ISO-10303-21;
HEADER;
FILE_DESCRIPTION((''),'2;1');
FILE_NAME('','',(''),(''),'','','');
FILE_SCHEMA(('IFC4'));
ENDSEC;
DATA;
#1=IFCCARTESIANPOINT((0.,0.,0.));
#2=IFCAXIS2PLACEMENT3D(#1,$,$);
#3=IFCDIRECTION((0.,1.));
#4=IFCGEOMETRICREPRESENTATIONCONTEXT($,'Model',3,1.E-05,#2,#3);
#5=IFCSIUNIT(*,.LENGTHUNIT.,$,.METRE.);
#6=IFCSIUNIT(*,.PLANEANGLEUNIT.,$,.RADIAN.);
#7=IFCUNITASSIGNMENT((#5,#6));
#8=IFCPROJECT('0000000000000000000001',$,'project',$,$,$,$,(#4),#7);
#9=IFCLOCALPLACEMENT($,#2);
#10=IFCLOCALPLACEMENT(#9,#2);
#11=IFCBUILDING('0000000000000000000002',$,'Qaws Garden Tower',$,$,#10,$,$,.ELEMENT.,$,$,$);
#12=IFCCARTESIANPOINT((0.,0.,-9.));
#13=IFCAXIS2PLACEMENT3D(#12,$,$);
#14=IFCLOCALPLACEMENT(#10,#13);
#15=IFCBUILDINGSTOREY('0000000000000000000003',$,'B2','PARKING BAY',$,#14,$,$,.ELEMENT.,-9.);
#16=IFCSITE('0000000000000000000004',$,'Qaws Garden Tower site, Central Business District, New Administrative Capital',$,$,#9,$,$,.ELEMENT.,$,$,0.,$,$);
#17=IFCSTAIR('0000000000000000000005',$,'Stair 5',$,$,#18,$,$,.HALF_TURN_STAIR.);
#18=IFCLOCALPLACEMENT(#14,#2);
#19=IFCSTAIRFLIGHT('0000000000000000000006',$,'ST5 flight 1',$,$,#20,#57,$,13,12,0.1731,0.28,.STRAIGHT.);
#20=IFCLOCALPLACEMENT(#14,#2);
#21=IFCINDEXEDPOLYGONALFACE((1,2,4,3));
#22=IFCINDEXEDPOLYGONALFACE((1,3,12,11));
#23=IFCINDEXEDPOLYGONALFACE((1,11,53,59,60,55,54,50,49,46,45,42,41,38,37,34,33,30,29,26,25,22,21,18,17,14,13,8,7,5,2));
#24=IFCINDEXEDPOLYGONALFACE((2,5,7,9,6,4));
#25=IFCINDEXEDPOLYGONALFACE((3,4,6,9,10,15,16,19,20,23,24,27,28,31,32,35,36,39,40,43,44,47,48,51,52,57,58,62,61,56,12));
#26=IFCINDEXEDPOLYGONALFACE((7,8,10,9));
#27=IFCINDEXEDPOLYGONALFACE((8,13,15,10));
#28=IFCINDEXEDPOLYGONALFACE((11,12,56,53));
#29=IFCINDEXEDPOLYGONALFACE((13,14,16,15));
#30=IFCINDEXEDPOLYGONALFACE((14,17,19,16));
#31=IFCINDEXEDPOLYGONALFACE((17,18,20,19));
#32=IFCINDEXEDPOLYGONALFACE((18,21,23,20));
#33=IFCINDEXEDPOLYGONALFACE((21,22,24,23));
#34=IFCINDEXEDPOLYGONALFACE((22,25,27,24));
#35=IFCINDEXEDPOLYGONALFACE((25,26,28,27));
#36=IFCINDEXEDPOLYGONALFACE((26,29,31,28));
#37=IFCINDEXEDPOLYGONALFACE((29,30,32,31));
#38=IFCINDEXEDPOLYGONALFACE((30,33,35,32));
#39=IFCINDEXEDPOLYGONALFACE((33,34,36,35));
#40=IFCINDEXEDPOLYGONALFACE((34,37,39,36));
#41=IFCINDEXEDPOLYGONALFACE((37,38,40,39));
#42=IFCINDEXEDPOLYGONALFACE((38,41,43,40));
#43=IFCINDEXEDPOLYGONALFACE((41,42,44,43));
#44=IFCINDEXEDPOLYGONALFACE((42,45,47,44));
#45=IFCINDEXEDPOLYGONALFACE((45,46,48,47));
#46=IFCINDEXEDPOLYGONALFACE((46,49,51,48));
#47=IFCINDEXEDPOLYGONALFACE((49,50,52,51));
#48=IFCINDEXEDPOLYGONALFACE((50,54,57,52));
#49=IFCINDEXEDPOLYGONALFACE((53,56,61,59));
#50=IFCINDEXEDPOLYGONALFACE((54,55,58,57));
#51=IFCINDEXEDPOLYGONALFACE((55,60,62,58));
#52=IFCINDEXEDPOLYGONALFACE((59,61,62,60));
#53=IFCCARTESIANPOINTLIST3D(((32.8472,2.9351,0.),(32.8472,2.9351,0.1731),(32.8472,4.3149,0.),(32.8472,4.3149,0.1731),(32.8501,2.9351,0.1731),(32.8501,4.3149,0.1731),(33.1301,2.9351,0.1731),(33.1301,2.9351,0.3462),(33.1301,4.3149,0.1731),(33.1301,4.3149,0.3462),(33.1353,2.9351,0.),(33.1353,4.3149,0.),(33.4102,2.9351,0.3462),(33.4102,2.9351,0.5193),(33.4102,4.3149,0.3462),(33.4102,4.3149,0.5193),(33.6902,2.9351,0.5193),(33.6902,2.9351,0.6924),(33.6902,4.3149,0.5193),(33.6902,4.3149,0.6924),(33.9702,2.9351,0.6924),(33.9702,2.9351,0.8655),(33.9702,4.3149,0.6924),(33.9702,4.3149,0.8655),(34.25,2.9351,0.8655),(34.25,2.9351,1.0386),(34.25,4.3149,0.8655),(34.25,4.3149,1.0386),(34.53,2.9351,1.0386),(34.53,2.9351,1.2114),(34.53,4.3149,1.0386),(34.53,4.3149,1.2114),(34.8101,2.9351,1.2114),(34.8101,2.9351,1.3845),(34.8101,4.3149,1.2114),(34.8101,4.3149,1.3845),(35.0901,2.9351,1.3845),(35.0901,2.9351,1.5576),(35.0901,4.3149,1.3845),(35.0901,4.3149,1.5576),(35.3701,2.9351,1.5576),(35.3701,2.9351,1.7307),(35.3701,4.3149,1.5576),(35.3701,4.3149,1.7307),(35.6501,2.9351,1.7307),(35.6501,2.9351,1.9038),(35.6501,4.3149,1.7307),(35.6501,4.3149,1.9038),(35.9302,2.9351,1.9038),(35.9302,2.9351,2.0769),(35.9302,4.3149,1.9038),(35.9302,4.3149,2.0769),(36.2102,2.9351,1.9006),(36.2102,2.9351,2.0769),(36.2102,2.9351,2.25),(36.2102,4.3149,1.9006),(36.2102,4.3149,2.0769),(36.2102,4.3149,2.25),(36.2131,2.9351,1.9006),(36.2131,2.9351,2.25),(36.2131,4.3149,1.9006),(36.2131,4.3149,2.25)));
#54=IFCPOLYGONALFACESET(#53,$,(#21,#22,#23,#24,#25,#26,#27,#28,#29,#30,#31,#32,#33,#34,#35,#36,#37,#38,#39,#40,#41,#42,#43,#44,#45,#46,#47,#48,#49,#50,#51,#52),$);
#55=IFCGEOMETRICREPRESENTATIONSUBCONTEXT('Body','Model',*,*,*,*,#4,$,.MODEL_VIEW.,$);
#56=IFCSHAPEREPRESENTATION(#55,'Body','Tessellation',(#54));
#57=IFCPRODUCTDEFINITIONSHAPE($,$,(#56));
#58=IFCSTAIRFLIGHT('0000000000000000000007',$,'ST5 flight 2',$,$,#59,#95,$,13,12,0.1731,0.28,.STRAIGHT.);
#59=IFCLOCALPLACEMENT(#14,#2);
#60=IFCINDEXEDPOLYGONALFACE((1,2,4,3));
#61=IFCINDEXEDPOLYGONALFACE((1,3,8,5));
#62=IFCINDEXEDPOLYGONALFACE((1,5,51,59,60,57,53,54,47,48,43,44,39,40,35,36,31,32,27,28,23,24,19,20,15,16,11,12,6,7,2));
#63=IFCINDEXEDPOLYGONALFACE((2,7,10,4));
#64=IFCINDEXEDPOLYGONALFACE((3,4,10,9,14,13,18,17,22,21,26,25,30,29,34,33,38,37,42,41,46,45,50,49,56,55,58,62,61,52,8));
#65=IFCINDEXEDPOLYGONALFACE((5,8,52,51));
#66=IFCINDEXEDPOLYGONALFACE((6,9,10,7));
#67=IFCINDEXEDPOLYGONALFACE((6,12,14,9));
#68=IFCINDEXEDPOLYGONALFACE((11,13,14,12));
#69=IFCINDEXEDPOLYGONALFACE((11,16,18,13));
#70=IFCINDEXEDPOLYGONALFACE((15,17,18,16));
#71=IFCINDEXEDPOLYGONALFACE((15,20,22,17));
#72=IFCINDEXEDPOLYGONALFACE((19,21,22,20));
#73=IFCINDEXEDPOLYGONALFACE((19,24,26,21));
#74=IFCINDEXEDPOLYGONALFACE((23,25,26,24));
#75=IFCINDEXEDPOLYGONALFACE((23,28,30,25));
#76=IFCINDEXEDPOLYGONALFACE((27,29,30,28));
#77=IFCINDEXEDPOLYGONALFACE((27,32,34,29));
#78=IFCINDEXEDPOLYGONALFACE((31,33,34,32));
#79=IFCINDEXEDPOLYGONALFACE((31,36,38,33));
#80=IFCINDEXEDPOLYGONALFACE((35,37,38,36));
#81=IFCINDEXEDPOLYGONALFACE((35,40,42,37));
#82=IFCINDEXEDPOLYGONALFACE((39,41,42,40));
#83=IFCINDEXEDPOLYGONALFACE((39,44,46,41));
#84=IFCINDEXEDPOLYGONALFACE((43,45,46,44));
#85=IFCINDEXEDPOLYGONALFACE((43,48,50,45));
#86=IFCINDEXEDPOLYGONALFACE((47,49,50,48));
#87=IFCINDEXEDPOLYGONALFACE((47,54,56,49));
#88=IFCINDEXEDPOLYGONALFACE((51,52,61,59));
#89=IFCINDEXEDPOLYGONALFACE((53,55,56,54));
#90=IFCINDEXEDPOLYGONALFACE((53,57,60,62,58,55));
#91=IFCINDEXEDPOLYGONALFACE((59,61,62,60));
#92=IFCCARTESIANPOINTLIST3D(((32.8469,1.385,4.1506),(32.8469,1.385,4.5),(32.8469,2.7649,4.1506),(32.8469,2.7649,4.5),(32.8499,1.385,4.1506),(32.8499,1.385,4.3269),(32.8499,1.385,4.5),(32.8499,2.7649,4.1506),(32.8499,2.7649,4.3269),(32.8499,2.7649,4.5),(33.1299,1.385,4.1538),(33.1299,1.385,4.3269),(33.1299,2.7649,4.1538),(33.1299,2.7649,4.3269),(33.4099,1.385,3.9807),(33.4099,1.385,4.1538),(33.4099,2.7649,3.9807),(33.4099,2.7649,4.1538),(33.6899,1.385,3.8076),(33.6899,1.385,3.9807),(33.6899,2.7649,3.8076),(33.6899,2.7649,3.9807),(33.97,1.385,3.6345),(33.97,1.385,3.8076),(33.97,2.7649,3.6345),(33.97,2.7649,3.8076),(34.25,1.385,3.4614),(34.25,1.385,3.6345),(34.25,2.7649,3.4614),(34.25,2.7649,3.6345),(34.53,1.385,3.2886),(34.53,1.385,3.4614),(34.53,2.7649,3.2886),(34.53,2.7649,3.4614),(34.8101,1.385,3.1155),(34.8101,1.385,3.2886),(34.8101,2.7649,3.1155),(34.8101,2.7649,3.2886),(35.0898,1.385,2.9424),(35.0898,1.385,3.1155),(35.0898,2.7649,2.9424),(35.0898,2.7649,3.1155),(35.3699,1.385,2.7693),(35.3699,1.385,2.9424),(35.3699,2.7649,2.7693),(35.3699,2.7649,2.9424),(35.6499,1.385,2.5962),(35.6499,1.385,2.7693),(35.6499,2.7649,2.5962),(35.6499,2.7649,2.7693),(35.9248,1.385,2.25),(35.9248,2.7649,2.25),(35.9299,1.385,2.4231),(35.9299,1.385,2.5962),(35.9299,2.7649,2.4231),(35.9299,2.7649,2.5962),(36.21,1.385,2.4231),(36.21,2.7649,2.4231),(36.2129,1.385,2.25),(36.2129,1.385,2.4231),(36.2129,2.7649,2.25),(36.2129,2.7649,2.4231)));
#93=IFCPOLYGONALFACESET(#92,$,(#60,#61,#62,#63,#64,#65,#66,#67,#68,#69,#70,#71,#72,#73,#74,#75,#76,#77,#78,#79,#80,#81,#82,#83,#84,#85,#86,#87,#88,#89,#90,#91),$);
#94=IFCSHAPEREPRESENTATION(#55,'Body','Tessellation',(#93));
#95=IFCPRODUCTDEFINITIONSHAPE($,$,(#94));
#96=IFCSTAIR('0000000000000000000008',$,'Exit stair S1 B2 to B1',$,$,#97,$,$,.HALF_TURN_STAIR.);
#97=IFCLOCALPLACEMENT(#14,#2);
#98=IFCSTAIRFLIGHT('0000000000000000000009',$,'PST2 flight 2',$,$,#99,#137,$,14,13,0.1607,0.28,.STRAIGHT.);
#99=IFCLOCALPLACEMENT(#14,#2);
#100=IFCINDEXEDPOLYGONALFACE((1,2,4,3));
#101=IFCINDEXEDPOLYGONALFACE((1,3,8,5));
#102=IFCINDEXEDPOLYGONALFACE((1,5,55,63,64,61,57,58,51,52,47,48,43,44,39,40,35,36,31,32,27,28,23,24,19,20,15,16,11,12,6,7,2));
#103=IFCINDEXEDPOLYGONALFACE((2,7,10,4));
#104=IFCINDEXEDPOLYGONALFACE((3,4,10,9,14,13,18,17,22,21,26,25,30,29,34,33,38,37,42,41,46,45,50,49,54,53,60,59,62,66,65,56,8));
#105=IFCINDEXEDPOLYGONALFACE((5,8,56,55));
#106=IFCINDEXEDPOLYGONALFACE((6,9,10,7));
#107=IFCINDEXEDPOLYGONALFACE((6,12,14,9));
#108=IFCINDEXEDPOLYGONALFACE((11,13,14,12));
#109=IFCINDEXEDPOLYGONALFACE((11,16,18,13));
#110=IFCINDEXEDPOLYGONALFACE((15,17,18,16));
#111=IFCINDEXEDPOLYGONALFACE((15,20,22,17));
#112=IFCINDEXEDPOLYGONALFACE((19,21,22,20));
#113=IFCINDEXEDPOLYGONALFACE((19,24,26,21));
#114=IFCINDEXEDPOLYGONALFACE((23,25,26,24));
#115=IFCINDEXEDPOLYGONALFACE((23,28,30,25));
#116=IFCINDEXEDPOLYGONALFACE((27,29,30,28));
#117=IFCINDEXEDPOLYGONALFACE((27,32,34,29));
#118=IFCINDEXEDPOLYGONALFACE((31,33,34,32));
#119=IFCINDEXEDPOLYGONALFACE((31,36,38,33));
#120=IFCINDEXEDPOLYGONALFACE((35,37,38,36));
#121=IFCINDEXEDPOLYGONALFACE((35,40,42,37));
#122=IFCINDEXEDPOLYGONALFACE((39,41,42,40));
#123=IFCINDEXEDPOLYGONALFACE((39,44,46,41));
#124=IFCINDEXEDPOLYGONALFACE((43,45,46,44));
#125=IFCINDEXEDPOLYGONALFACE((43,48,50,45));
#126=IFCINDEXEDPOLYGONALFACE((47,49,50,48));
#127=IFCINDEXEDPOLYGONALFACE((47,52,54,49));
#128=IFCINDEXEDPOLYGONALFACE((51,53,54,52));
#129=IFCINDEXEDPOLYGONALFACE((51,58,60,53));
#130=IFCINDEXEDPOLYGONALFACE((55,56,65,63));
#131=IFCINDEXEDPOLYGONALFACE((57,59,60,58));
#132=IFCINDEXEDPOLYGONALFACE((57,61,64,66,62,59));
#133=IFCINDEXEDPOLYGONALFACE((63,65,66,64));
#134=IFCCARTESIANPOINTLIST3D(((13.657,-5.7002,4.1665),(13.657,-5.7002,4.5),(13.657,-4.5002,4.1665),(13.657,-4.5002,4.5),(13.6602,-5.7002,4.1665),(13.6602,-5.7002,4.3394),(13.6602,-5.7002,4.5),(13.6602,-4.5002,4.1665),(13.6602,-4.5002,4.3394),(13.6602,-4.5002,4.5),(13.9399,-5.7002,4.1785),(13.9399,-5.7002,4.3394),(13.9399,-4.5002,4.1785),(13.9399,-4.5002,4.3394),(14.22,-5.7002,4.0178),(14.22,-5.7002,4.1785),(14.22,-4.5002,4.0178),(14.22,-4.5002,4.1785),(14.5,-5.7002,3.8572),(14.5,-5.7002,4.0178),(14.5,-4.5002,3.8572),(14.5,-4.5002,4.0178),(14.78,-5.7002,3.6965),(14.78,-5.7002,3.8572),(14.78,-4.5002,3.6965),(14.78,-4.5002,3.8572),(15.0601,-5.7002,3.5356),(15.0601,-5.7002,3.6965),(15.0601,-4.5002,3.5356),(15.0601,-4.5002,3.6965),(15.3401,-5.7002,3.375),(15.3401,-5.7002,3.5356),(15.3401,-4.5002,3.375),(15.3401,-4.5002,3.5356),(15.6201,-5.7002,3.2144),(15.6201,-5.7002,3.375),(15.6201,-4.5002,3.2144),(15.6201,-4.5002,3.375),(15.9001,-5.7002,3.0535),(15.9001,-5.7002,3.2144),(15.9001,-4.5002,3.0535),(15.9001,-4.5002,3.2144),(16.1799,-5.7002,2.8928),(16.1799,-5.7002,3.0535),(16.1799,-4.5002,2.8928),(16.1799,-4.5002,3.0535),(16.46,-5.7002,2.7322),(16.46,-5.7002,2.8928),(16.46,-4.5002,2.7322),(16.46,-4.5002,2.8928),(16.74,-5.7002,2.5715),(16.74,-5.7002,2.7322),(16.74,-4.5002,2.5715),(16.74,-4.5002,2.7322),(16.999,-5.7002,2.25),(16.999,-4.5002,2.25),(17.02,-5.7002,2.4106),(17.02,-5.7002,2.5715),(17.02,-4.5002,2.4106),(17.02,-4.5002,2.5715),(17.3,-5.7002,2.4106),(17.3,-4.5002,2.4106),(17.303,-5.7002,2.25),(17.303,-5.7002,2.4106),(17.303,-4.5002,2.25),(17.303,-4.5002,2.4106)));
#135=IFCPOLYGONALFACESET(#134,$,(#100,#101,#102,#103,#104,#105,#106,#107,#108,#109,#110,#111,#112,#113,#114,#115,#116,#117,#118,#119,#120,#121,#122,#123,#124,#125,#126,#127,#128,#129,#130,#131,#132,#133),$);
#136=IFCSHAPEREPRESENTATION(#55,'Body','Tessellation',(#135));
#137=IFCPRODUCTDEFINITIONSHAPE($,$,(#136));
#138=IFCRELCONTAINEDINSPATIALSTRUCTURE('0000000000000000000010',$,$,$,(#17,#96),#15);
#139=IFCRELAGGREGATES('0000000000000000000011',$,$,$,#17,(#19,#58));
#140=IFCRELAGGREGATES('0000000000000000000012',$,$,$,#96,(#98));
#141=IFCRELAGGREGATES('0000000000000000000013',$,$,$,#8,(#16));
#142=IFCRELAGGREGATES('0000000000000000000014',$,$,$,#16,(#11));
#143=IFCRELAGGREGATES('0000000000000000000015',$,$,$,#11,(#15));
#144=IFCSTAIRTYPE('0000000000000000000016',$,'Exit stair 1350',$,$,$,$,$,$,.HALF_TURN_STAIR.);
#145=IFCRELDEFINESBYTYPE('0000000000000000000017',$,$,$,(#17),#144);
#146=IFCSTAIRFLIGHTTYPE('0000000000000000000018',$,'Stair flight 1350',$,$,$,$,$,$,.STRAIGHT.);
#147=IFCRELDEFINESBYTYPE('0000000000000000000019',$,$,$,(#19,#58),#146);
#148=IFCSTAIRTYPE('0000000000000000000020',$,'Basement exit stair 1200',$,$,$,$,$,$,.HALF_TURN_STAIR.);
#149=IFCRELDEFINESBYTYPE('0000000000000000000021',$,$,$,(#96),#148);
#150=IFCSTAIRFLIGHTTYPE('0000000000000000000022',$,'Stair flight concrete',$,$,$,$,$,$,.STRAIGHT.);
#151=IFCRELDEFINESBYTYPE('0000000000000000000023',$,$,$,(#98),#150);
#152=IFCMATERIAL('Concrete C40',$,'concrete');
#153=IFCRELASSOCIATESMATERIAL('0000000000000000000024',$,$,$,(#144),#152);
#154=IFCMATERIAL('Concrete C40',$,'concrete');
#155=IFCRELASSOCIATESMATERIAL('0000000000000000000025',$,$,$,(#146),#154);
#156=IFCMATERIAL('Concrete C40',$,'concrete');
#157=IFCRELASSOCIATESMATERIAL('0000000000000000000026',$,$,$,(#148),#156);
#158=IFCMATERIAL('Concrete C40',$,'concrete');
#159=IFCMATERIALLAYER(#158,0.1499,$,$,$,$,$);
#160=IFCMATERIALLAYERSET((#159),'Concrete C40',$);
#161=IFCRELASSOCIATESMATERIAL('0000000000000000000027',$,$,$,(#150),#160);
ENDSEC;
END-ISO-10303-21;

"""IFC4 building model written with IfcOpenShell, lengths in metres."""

from ifc_helpers import new_model, si_unit, direction, frame, origin, place, context, subcontext, project, spatial, polyline, outline, extrude, material, layer, layer_set, type_object, element, aggregate, save


model = new_model("IFC4")

# Units and contexts
model_context = context("Model", 3, precision=1e-05, world=origin(), true_north=direction((0.0, 1.0)))
body_context = subcontext(model_context, "Body", "Model", "MODEL_VIEW")
ifc_project = project(units=[si_unit("LENGTHUNIT", "METRE"), si_unit("PLANEANGLEUNIT", "RADIAN")], contexts=[model_context])

# Site, building, storey
site_placement = place(None, origin())
site = spatial("IfcSite", under=ifc_project, at=site_placement, Name="Qaws Garden Tower site, Central Business District, New Administrative Capital", CompositionType="ELEMENT", RefElevation=0.0)
building_placement = place(site_placement, origin())
building = spatial("IfcBuilding", under=site, at=building_placement, Name="Qaws Garden Tower", CompositionType="ELEMENT")
storey_placement = place(building_placement, frame((0.0, 0.0, -9.0)))
storey = spatial("IfcBuildingStorey", under=building, at=storey_placement, Name="B2", Description="PARKING BAY", CompositionType="ELEMENT", Elevation=-9.0)

# Stair, stair flights
ifc_material_1 = material(Name="Concrete C40", Category="concrete")
stair_type_1 = type_object("IfcStairType", Name="Exit stair 1350", PredefinedType="HALF_TURN_STAIR", material=ifc_material_1)
placement = place(storey_placement, origin())
stair_1 = element("IfcStair", 1, at=placement, inside=storey, type_object=stair_type_1, Name="Stair 5", PredefinedType="HALF_TURN_STAIR")
ifc_material_2 = material(Name="Concrete C40", Category="concrete")
stair_flight_type_1 = type_object("IfcStairFlightType", Name="Stair flight 1350", PredefinedType="STRAIGHT", material=ifc_material_2)
stair_flight_1_placement = place(storey_placement, frame((32.8501, 3.625, 0.0), z_axis=(0.0, 0.0, 1.0), x_axis=(1.0, 0.0, 0.0)))
stair_flight_1 = element("IfcStairFlight", 2, at=stair_flight_1_placement, type_object=stair_flight_type_1, Name="ST5 flight 1", NumberOfRisers=13, NumberOfTreads=12, PredefinedType="STRAIGHT", RiserHeight=0.1731, TreadLength=0.28, context=body_context, shape_type="SweptSolid", body=[
    extrude(outline(polyline([(-0.0029, 0.0), (-0.0029, 0.1731), (0.0, 0.1731), (0.28, 0.1731), (0.28, 0.3462), (0.5601, 0.3462), (0.5601, 0.5193), (0.8401, 0.5193), (0.8401, 0.6924), (1.1201, 0.6924), (1.1201, 0.8655), (1.3999, 0.8655), (1.3999, 1.0386), (1.6799, 1.0386), (1.6799, 1.2114), (1.96, 1.2114), (1.96, 1.3845), (2.24, 1.3845), (2.24, 1.5576), (2.52, 1.5576), (2.52, 1.7307), (2.8, 1.7307), (2.8, 1.9038), (3.0801, 1.9038), (3.0801, 2.0769), (3.3601, 2.0769), (3.3601, 2.25), (3.363, 2.25), (3.363, 1.9006), (3.3601, 1.9006), (0.2852, 0.0), (-0.0029, 0.0)])), frame((0.0, 0.6899, 0.0), z_axis=(0.0, -1.0, 0.0), x_axis=(1.0, 0.0, 0.0)), (0.0, 0.0, 1.0), 1.3799),
])
stair_flight_2_placement = place(storey_placement, frame((36.21, 2.075, 2.25), z_axis=(0.0, 0.0, 1.0), x_axis=(-1.0, 0.0, 0.0)))
stair_flight_2 = element("IfcStairFlight", 3, at=stair_flight_2_placement, type_object=stair_flight_type_1, Name="ST5 flight 2", NumberOfRisers=13, NumberOfTreads=12, PredefinedType="STRAIGHT", RiserHeight=0.1731, TreadLength=0.28, context=body_context, shape_type="SweptSolid", body=[
    extrude(outline(polyline([(-0.0029, 0.0), (-0.0029, 0.1731), (0.0, 0.1731), (0.28, 0.1731), (0.28, 0.3462), (0.5601, 0.3462), (0.5601, 0.5193), (0.8401, 0.5193), (0.8401, 0.6924), (1.1201, 0.6924), (1.1201, 0.8655), (1.3999, 0.8655), (1.3999, 1.0386), (1.6799, 1.0386), (1.6799, 1.2114), (1.96, 1.2114), (1.96, 1.3845), (2.24, 1.3845), (2.24, 1.5576), (2.52, 1.5576), (2.52, 1.7307), (2.8, 1.7307), (2.8, 1.9038), (3.0801, 1.9038), (3.0801, 2.0769), (3.3601, 2.0769), (3.3601, 2.25), (3.363, 2.25), (3.363, 1.9006), (3.3601, 1.9006), (0.2852, 0.0), (-0.0029, 0.0)])), frame((0.0, 0.6899, 0.0), z_axis=(0.0, -1.0, 0.0), x_axis=(1.0, 0.0, 0.0)), (0.0, 0.0, 1.0), 1.3799),
])
aggregate(stair_1, [stair_flight_1, stair_flight_2])

# Stair, stair flight
ifc_material_3 = material(Name="Concrete C40", Category="concrete")
stair_type_2 = type_object("IfcStairType", Name="Basement exit stair 1200", PredefinedType="HALF_TURN_STAIR", material=ifc_material_3)
stair_2 = element("IfcStair", 4, at=placement, inside=storey, type_object=stair_type_2, Name="Exit stair S1 B2 to B1", PredefinedType="HALF_TURN_STAIR")
ifc_material_4 = material(Name="Concrete C40", Category="concrete")
ifc_layer_1 = layer(ifc_material_4, 0.1499)
ifc_layer_set_1 = layer_set([ifc_layer_1], Name="Concrete C40")
stair_flight_type_2 = type_object("IfcStairFlightType", Name="Stair flight concrete", PredefinedType="STRAIGHT", material=ifc_layer_set_1)
stair_flight_3_placement = place(storey_placement, frame((17.3, -5.1001, 2.25), z_axis=(0.0, 0.0, 1.0), x_axis=(-1.0, 0.0, 0.0)))
stair_flight_3 = element("IfcStairFlight", 5, at=stair_flight_3_placement, type_object=stair_flight_type_2, Name="PST2 flight 2", NumberOfRisers=14, NumberOfTreads=13, PredefinedType="STRAIGHT", RiserHeight=0.1607, TreadLength=0.28, context=body_context, shape_type="SweptSolid", body=[
    extrude(outline(polyline([(-0.0029, 0.0), (-0.0029, 0.1606), (0.0, 0.1606), (0.28, 0.1606), (0.28, 0.3215), (0.5601, 0.3215), (0.5601, 0.4822), (0.8401, 0.4822), (0.8401, 0.6428), (1.1201, 0.6428), (1.1201, 0.8035), (1.3999, 0.8035), (1.3999, 0.9644), (1.6799, 0.9644), (1.6799, 1.125), (1.96, 1.125), (1.96, 1.2856), (2.24, 1.2856), (2.24, 1.4465), (2.52, 1.4465), (2.52, 1.6072), (2.8, 1.6072), (2.8, 1.7678), (3.0801, 1.7678), (3.0801, 1.9285), (3.3601, 1.9285), (3.3601, 2.0894), (3.6399, 2.0894), (3.6399, 2.25), (3.6431, 2.25), (3.6431, 1.9165), (3.6399, 1.9165), (0.301, 0.0), (-0.0029, 0.0)])), frame((0.0, 0.6001, 0.0), z_axis=(0.0, -1.0, 0.0), x_axis=(1.0, 0.0, 0.0)), (0.0, 0.0, 1.0), 1.2),
])
aggregate(stair_2, [stair_flight_3])

save(model, "model.ifc")
